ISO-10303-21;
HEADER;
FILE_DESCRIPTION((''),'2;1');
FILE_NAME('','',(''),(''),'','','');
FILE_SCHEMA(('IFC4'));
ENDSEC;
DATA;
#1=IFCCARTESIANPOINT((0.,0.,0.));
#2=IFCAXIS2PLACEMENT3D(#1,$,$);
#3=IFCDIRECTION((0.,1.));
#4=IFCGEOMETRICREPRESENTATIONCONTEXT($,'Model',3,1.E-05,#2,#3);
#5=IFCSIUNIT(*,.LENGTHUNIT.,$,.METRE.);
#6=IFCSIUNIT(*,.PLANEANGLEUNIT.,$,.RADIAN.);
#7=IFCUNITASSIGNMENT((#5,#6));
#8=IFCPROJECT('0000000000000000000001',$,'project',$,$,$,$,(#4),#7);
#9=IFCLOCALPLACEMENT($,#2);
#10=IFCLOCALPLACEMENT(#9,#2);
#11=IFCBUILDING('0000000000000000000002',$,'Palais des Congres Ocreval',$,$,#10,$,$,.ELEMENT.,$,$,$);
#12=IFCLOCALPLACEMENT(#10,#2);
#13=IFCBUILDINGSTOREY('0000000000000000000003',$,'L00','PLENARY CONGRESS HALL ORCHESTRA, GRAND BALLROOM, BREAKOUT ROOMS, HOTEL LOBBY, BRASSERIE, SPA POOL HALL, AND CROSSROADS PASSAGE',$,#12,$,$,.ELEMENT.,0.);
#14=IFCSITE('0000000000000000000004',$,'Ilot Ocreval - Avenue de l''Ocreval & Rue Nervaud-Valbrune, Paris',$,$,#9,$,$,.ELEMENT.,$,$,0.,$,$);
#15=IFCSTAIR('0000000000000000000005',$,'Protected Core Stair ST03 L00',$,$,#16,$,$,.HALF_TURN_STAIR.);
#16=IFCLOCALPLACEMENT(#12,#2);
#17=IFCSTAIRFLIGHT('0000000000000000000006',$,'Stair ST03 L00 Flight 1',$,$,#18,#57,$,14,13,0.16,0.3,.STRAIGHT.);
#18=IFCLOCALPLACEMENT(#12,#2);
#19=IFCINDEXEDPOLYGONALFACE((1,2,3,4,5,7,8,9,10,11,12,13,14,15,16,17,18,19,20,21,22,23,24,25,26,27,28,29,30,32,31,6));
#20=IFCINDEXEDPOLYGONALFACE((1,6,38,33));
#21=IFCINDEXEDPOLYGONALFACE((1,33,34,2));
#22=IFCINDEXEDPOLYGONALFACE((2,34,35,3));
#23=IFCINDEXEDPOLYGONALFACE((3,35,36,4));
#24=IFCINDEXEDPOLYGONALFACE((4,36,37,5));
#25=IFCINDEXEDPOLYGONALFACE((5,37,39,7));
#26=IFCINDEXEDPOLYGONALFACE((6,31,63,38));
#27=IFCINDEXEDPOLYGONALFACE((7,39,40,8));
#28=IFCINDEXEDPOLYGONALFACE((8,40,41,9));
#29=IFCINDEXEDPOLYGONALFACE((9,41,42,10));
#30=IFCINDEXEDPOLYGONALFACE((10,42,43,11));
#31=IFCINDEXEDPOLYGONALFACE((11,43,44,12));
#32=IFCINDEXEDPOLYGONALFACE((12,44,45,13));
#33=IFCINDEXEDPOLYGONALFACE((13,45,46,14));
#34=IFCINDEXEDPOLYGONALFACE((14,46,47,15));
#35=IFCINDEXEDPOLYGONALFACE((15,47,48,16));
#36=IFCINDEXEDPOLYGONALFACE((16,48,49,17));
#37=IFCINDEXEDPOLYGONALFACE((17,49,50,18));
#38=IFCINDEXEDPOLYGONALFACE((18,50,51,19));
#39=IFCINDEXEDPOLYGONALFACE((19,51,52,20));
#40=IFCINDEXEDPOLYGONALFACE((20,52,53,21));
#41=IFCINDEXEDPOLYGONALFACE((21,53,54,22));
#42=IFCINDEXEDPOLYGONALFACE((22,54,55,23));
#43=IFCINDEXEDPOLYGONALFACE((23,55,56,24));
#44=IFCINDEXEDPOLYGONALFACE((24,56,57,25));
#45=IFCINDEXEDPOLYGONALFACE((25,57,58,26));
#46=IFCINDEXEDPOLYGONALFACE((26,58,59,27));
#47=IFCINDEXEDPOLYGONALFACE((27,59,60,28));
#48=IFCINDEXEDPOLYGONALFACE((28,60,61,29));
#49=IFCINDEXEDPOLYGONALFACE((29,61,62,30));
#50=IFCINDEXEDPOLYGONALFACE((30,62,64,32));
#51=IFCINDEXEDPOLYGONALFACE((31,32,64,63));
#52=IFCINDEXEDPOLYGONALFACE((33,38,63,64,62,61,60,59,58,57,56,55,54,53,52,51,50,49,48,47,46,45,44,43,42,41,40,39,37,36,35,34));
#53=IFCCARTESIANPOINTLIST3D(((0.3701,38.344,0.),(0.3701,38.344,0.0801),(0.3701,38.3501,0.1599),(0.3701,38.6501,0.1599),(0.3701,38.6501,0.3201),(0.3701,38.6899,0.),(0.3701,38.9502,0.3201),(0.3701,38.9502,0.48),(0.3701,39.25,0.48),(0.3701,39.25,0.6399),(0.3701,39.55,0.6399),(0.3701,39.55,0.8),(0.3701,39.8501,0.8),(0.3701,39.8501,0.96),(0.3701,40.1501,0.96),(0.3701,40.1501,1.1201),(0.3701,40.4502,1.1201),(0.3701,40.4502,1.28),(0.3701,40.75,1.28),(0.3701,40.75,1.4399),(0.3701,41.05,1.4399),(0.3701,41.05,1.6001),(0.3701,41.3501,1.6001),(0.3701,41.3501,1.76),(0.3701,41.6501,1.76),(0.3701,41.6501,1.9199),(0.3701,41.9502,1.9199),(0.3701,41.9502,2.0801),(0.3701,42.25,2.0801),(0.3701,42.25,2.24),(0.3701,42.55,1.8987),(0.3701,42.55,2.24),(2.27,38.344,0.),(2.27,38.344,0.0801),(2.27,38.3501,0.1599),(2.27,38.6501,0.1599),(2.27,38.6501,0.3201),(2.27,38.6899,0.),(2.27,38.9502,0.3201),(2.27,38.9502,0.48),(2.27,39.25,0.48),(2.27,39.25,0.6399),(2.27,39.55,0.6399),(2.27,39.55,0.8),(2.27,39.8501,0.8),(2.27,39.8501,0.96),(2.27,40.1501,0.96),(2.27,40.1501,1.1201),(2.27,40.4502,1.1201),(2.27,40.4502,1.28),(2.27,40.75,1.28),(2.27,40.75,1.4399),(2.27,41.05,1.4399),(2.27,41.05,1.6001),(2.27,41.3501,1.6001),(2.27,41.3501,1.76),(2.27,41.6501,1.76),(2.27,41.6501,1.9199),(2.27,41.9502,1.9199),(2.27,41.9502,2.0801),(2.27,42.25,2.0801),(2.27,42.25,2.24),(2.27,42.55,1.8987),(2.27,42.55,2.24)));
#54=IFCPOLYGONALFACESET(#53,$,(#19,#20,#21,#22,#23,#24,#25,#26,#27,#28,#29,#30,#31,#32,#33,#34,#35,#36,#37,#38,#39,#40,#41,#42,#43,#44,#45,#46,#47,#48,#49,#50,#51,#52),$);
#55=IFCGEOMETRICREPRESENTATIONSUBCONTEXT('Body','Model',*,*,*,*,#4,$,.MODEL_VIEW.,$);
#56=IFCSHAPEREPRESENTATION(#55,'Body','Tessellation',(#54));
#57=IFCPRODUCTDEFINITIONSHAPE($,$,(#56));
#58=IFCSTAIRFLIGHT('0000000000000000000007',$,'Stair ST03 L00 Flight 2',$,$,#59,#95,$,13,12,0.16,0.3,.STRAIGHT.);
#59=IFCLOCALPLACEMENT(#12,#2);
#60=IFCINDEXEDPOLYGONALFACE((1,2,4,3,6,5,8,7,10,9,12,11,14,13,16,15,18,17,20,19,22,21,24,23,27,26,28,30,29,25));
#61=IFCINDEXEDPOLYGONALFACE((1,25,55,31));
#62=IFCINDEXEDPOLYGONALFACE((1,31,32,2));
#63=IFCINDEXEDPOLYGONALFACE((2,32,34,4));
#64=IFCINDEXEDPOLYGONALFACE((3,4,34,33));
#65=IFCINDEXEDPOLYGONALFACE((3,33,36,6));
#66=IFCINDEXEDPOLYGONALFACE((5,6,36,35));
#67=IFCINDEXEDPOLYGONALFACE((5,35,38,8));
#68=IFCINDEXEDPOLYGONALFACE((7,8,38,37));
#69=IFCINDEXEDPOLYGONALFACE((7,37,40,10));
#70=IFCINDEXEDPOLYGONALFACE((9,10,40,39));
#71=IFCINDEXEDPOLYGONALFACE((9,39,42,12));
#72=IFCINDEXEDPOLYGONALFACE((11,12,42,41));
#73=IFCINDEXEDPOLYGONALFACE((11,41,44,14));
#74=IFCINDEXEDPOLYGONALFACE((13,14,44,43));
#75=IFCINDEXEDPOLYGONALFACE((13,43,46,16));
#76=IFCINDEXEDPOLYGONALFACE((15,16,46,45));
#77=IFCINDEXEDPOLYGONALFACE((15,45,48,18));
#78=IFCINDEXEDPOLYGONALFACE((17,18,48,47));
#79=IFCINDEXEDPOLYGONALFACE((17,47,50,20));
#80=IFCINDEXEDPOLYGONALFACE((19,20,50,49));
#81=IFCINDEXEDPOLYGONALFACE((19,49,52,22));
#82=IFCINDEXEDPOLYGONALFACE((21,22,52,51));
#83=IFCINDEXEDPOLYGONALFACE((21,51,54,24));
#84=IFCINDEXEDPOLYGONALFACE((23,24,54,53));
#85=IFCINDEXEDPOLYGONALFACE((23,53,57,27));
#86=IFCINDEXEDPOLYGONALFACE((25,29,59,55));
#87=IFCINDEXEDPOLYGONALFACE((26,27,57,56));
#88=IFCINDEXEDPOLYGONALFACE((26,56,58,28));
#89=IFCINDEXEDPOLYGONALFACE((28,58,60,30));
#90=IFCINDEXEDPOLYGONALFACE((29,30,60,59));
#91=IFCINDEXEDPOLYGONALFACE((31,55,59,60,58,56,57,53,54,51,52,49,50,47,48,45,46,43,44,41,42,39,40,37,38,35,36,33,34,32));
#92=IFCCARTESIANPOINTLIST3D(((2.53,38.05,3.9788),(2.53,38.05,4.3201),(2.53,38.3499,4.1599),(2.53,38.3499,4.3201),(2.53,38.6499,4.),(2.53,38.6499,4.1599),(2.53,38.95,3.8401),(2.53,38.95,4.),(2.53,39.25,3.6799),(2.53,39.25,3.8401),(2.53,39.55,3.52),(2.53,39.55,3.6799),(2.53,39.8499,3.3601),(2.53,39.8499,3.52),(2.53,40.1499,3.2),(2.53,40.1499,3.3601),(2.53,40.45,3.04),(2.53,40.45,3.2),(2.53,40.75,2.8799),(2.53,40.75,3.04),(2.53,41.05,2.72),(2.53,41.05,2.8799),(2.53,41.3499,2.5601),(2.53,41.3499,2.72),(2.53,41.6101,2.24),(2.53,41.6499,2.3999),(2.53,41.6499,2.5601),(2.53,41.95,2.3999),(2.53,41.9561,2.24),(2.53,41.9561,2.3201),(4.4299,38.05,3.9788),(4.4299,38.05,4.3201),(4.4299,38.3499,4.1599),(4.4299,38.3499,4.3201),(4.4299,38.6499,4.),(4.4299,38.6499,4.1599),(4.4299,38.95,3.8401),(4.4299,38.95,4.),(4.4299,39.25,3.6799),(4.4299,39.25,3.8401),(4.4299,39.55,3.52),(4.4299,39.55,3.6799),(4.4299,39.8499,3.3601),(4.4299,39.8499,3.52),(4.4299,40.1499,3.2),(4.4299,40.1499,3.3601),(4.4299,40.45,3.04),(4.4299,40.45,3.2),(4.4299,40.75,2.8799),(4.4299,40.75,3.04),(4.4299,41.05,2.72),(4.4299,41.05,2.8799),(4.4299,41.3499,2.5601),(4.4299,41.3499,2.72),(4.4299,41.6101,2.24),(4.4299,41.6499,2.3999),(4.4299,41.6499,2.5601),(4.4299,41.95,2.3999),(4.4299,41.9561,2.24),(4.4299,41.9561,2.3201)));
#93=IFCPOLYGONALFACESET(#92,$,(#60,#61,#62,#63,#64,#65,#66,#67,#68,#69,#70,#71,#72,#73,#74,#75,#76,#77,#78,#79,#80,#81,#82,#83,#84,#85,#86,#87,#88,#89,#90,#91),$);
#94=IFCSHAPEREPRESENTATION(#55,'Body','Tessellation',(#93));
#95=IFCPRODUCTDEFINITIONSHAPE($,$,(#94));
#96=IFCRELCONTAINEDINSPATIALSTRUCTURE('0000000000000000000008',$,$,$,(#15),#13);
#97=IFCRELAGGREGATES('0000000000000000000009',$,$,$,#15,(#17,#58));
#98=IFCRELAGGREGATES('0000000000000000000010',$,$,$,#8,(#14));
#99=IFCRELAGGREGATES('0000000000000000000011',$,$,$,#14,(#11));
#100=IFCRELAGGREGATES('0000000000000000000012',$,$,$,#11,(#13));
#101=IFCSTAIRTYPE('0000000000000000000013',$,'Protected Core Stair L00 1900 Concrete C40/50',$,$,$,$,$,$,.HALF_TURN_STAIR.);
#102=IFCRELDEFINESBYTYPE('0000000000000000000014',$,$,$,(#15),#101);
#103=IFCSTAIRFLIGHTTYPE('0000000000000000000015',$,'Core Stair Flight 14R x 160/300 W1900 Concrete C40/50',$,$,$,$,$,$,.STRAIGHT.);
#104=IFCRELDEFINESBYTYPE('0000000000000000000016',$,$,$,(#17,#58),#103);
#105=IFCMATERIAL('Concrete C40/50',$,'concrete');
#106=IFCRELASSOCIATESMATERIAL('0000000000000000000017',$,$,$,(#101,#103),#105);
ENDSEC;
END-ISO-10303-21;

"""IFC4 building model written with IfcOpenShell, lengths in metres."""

from ifc_helpers import new_model, si_unit, direction, frame, origin, place, context, subcontext, project, spatial, polyline, outline, extrude, material, type_object, element, aggregate, save


model = new_model("IFC4")

# Units and contexts
model_context = context("Model", 3, precision=1e-05, world=origin(), true_north=direction((0.0, 1.0)))
body_context = subcontext(model_context, "Body", "Model", "MODEL_VIEW")
ifc_project = project(units=[si_unit("LENGTHUNIT", "METRE"), si_unit("PLANEANGLEUNIT", "RADIAN")], contexts=[model_context])

# Site, building, storey
site_placement = place(None, origin())
site = spatial("IfcSite", under=ifc_project, at=site_placement, Name="Ilot Ocreval - Avenue de l'Ocreval & Rue Nervaud-Valbrune, Paris", CompositionType="ELEMENT", RefElevation=0.0)
building_placement = place(site_placement, origin())
building = spatial("IfcBuilding", under=site, at=building_placement, Name="Palais des Congres Ocreval", CompositionType="ELEMENT")
storey_placement = place(building_placement, origin())
storey = spatial("IfcBuildingStorey", under=building, at=storey_placement, Name="L00", Description="PLENARY CONGRESS HALL ORCHESTRA, GRAND BALLROOM, BREAKOUT ROOMS, HOTEL LOBBY, BRASSERIE, SPA POOL HALL, AND CROSSROADS PASSAGE", CompositionType="ELEMENT", Elevation=0.0)

# Shared definitions
ifc_material_1 = material(Name="Concrete C40/50", Category="concrete")

# Stair, stair flights
stair_type = type_object("IfcStairType", Name="Protected Core Stair L00 1900 Concrete C40/50", PredefinedType="HALF_TURN_STAIR", material=ifc_material_1)
stair_placement = place(storey_placement, origin())
stair = element("IfcStair", 1, at=stair_placement, inside=storey, type_object=stair_type, Name="Protected Core Stair ST03 L00", PredefinedType="HALF_TURN_STAIR")
stair_flight_type = type_object("IfcStairFlightType", Name="Core Stair Flight 14R x 160/300 W1900 Concrete C40/50", PredefinedType="STRAIGHT", material=ifc_material_1)
stair_flight_1_placement = place(storey_placement, frame((1.3201, 38.3501, 0.0), z_axis=(0.0, 0.0, 1.0), x_axis=(0.0, 1.0, 0.0)))
stair_flight_1 = element("IfcStairFlight", 2, at=stair_flight_1_placement, type_object=stair_flight_type, Name="Stair ST03 L00 Flight 1", NumberOfRisers=14, NumberOfTreads=13, PredefinedType="STRAIGHT", RiserHeight=0.16, TreadLength=0.3, context=body_context, shape_type="SweptSolid", body=[
    extrude(outline(polyline([(-0.0061, 0.0), (-0.0061, 0.0801), (0.0, 0.1599), (0.3, 0.1599), (0.3, 0.3201), (0.6001, 0.3201), (0.6001, 0.48), (0.8999, 0.48), (0.8999, 0.6399), (1.2, 0.6399), (1.2, 0.8), (1.5, 0.8), (1.5, 0.96), (1.8, 0.96), (1.8, 1.1201), (2.1001, 1.1201), (2.1001, 1.28), (2.3999, 1.28), (2.3999, 1.4399), (2.7, 1.4399), (2.7, 1.6001), (3.0, 1.6001), (3.0, 1.76), (3.3, 1.76), (3.3, 1.9199), (3.6001, 1.9199), (3.6001, 2.0801), (3.8999, 2.0801), (3.8999, 2.24), (4.2, 2.24), (4.2, 1.8987), (0.3398, 0.0), (-0.0061, 0.0)])), frame((0.0, 0.95, 0.0), z_axis=(0.0, -1.0, 0.0), x_axis=(1.0, 0.0, 0.0)), (0.0, 0.0, 1.0), 1.8999),
])
stair_flight_2_placement = place(storey_placement, frame((3.48, 41.95, 2.24), z_axis=(0.0, 0.0, 1.0), x_axis=(0.0, -1.0, 0.0)))
stair_flight_2 = element("IfcStairFlight", 3, at=stair_flight_2_placement, type_object=stair_flight_type, Name="Stair ST03 L00 Flight 2", NumberOfRisers=13, NumberOfTreads=12, PredefinedType="STRAIGHT", RiserHeight=0.16, TreadLength=0.3, context=body_context, shape_type="SweptSolid", body=[
    extrude(outline(polyline([(-0.0061, 0.0), (-0.0061, 0.0801), (0.0, 0.1599), (0.3, 0.1599), (0.3, 0.3201), (0.6001, 0.3201), (0.6001, 0.48), (0.8999, 0.48), (0.8999, 0.6399), (1.2, 0.6399), (1.2, 0.8), (1.5, 0.8), (1.5, 0.96), (1.8, 0.96), (1.8, 1.1201), (2.1001, 1.1201), (2.1001, 1.28), (2.3999, 1.28), (2.3999, 1.4399), (2.7, 1.4399), (2.7, 1.6001), (3.0, 1.6001), (3.0, 1.76), (3.3, 1.76), (3.3, 1.9199), (3.6001, 1.9199), (3.6001, 2.0801), (3.8999, 2.0801), (3.8999, 1.7388), (0.3398, 0.0), (-0.0061, 0.0)])), frame((0.0, 0.95, 0.0), z_axis=(0.0, -1.0, 0.0), x_axis=(1.0, 0.0, 0.0)), (0.0, 0.0, 1.0), 1.8999),
])
aggregate(stair, [stair_flight_1, stair_flight_2])

save(model, "model.ifc")
